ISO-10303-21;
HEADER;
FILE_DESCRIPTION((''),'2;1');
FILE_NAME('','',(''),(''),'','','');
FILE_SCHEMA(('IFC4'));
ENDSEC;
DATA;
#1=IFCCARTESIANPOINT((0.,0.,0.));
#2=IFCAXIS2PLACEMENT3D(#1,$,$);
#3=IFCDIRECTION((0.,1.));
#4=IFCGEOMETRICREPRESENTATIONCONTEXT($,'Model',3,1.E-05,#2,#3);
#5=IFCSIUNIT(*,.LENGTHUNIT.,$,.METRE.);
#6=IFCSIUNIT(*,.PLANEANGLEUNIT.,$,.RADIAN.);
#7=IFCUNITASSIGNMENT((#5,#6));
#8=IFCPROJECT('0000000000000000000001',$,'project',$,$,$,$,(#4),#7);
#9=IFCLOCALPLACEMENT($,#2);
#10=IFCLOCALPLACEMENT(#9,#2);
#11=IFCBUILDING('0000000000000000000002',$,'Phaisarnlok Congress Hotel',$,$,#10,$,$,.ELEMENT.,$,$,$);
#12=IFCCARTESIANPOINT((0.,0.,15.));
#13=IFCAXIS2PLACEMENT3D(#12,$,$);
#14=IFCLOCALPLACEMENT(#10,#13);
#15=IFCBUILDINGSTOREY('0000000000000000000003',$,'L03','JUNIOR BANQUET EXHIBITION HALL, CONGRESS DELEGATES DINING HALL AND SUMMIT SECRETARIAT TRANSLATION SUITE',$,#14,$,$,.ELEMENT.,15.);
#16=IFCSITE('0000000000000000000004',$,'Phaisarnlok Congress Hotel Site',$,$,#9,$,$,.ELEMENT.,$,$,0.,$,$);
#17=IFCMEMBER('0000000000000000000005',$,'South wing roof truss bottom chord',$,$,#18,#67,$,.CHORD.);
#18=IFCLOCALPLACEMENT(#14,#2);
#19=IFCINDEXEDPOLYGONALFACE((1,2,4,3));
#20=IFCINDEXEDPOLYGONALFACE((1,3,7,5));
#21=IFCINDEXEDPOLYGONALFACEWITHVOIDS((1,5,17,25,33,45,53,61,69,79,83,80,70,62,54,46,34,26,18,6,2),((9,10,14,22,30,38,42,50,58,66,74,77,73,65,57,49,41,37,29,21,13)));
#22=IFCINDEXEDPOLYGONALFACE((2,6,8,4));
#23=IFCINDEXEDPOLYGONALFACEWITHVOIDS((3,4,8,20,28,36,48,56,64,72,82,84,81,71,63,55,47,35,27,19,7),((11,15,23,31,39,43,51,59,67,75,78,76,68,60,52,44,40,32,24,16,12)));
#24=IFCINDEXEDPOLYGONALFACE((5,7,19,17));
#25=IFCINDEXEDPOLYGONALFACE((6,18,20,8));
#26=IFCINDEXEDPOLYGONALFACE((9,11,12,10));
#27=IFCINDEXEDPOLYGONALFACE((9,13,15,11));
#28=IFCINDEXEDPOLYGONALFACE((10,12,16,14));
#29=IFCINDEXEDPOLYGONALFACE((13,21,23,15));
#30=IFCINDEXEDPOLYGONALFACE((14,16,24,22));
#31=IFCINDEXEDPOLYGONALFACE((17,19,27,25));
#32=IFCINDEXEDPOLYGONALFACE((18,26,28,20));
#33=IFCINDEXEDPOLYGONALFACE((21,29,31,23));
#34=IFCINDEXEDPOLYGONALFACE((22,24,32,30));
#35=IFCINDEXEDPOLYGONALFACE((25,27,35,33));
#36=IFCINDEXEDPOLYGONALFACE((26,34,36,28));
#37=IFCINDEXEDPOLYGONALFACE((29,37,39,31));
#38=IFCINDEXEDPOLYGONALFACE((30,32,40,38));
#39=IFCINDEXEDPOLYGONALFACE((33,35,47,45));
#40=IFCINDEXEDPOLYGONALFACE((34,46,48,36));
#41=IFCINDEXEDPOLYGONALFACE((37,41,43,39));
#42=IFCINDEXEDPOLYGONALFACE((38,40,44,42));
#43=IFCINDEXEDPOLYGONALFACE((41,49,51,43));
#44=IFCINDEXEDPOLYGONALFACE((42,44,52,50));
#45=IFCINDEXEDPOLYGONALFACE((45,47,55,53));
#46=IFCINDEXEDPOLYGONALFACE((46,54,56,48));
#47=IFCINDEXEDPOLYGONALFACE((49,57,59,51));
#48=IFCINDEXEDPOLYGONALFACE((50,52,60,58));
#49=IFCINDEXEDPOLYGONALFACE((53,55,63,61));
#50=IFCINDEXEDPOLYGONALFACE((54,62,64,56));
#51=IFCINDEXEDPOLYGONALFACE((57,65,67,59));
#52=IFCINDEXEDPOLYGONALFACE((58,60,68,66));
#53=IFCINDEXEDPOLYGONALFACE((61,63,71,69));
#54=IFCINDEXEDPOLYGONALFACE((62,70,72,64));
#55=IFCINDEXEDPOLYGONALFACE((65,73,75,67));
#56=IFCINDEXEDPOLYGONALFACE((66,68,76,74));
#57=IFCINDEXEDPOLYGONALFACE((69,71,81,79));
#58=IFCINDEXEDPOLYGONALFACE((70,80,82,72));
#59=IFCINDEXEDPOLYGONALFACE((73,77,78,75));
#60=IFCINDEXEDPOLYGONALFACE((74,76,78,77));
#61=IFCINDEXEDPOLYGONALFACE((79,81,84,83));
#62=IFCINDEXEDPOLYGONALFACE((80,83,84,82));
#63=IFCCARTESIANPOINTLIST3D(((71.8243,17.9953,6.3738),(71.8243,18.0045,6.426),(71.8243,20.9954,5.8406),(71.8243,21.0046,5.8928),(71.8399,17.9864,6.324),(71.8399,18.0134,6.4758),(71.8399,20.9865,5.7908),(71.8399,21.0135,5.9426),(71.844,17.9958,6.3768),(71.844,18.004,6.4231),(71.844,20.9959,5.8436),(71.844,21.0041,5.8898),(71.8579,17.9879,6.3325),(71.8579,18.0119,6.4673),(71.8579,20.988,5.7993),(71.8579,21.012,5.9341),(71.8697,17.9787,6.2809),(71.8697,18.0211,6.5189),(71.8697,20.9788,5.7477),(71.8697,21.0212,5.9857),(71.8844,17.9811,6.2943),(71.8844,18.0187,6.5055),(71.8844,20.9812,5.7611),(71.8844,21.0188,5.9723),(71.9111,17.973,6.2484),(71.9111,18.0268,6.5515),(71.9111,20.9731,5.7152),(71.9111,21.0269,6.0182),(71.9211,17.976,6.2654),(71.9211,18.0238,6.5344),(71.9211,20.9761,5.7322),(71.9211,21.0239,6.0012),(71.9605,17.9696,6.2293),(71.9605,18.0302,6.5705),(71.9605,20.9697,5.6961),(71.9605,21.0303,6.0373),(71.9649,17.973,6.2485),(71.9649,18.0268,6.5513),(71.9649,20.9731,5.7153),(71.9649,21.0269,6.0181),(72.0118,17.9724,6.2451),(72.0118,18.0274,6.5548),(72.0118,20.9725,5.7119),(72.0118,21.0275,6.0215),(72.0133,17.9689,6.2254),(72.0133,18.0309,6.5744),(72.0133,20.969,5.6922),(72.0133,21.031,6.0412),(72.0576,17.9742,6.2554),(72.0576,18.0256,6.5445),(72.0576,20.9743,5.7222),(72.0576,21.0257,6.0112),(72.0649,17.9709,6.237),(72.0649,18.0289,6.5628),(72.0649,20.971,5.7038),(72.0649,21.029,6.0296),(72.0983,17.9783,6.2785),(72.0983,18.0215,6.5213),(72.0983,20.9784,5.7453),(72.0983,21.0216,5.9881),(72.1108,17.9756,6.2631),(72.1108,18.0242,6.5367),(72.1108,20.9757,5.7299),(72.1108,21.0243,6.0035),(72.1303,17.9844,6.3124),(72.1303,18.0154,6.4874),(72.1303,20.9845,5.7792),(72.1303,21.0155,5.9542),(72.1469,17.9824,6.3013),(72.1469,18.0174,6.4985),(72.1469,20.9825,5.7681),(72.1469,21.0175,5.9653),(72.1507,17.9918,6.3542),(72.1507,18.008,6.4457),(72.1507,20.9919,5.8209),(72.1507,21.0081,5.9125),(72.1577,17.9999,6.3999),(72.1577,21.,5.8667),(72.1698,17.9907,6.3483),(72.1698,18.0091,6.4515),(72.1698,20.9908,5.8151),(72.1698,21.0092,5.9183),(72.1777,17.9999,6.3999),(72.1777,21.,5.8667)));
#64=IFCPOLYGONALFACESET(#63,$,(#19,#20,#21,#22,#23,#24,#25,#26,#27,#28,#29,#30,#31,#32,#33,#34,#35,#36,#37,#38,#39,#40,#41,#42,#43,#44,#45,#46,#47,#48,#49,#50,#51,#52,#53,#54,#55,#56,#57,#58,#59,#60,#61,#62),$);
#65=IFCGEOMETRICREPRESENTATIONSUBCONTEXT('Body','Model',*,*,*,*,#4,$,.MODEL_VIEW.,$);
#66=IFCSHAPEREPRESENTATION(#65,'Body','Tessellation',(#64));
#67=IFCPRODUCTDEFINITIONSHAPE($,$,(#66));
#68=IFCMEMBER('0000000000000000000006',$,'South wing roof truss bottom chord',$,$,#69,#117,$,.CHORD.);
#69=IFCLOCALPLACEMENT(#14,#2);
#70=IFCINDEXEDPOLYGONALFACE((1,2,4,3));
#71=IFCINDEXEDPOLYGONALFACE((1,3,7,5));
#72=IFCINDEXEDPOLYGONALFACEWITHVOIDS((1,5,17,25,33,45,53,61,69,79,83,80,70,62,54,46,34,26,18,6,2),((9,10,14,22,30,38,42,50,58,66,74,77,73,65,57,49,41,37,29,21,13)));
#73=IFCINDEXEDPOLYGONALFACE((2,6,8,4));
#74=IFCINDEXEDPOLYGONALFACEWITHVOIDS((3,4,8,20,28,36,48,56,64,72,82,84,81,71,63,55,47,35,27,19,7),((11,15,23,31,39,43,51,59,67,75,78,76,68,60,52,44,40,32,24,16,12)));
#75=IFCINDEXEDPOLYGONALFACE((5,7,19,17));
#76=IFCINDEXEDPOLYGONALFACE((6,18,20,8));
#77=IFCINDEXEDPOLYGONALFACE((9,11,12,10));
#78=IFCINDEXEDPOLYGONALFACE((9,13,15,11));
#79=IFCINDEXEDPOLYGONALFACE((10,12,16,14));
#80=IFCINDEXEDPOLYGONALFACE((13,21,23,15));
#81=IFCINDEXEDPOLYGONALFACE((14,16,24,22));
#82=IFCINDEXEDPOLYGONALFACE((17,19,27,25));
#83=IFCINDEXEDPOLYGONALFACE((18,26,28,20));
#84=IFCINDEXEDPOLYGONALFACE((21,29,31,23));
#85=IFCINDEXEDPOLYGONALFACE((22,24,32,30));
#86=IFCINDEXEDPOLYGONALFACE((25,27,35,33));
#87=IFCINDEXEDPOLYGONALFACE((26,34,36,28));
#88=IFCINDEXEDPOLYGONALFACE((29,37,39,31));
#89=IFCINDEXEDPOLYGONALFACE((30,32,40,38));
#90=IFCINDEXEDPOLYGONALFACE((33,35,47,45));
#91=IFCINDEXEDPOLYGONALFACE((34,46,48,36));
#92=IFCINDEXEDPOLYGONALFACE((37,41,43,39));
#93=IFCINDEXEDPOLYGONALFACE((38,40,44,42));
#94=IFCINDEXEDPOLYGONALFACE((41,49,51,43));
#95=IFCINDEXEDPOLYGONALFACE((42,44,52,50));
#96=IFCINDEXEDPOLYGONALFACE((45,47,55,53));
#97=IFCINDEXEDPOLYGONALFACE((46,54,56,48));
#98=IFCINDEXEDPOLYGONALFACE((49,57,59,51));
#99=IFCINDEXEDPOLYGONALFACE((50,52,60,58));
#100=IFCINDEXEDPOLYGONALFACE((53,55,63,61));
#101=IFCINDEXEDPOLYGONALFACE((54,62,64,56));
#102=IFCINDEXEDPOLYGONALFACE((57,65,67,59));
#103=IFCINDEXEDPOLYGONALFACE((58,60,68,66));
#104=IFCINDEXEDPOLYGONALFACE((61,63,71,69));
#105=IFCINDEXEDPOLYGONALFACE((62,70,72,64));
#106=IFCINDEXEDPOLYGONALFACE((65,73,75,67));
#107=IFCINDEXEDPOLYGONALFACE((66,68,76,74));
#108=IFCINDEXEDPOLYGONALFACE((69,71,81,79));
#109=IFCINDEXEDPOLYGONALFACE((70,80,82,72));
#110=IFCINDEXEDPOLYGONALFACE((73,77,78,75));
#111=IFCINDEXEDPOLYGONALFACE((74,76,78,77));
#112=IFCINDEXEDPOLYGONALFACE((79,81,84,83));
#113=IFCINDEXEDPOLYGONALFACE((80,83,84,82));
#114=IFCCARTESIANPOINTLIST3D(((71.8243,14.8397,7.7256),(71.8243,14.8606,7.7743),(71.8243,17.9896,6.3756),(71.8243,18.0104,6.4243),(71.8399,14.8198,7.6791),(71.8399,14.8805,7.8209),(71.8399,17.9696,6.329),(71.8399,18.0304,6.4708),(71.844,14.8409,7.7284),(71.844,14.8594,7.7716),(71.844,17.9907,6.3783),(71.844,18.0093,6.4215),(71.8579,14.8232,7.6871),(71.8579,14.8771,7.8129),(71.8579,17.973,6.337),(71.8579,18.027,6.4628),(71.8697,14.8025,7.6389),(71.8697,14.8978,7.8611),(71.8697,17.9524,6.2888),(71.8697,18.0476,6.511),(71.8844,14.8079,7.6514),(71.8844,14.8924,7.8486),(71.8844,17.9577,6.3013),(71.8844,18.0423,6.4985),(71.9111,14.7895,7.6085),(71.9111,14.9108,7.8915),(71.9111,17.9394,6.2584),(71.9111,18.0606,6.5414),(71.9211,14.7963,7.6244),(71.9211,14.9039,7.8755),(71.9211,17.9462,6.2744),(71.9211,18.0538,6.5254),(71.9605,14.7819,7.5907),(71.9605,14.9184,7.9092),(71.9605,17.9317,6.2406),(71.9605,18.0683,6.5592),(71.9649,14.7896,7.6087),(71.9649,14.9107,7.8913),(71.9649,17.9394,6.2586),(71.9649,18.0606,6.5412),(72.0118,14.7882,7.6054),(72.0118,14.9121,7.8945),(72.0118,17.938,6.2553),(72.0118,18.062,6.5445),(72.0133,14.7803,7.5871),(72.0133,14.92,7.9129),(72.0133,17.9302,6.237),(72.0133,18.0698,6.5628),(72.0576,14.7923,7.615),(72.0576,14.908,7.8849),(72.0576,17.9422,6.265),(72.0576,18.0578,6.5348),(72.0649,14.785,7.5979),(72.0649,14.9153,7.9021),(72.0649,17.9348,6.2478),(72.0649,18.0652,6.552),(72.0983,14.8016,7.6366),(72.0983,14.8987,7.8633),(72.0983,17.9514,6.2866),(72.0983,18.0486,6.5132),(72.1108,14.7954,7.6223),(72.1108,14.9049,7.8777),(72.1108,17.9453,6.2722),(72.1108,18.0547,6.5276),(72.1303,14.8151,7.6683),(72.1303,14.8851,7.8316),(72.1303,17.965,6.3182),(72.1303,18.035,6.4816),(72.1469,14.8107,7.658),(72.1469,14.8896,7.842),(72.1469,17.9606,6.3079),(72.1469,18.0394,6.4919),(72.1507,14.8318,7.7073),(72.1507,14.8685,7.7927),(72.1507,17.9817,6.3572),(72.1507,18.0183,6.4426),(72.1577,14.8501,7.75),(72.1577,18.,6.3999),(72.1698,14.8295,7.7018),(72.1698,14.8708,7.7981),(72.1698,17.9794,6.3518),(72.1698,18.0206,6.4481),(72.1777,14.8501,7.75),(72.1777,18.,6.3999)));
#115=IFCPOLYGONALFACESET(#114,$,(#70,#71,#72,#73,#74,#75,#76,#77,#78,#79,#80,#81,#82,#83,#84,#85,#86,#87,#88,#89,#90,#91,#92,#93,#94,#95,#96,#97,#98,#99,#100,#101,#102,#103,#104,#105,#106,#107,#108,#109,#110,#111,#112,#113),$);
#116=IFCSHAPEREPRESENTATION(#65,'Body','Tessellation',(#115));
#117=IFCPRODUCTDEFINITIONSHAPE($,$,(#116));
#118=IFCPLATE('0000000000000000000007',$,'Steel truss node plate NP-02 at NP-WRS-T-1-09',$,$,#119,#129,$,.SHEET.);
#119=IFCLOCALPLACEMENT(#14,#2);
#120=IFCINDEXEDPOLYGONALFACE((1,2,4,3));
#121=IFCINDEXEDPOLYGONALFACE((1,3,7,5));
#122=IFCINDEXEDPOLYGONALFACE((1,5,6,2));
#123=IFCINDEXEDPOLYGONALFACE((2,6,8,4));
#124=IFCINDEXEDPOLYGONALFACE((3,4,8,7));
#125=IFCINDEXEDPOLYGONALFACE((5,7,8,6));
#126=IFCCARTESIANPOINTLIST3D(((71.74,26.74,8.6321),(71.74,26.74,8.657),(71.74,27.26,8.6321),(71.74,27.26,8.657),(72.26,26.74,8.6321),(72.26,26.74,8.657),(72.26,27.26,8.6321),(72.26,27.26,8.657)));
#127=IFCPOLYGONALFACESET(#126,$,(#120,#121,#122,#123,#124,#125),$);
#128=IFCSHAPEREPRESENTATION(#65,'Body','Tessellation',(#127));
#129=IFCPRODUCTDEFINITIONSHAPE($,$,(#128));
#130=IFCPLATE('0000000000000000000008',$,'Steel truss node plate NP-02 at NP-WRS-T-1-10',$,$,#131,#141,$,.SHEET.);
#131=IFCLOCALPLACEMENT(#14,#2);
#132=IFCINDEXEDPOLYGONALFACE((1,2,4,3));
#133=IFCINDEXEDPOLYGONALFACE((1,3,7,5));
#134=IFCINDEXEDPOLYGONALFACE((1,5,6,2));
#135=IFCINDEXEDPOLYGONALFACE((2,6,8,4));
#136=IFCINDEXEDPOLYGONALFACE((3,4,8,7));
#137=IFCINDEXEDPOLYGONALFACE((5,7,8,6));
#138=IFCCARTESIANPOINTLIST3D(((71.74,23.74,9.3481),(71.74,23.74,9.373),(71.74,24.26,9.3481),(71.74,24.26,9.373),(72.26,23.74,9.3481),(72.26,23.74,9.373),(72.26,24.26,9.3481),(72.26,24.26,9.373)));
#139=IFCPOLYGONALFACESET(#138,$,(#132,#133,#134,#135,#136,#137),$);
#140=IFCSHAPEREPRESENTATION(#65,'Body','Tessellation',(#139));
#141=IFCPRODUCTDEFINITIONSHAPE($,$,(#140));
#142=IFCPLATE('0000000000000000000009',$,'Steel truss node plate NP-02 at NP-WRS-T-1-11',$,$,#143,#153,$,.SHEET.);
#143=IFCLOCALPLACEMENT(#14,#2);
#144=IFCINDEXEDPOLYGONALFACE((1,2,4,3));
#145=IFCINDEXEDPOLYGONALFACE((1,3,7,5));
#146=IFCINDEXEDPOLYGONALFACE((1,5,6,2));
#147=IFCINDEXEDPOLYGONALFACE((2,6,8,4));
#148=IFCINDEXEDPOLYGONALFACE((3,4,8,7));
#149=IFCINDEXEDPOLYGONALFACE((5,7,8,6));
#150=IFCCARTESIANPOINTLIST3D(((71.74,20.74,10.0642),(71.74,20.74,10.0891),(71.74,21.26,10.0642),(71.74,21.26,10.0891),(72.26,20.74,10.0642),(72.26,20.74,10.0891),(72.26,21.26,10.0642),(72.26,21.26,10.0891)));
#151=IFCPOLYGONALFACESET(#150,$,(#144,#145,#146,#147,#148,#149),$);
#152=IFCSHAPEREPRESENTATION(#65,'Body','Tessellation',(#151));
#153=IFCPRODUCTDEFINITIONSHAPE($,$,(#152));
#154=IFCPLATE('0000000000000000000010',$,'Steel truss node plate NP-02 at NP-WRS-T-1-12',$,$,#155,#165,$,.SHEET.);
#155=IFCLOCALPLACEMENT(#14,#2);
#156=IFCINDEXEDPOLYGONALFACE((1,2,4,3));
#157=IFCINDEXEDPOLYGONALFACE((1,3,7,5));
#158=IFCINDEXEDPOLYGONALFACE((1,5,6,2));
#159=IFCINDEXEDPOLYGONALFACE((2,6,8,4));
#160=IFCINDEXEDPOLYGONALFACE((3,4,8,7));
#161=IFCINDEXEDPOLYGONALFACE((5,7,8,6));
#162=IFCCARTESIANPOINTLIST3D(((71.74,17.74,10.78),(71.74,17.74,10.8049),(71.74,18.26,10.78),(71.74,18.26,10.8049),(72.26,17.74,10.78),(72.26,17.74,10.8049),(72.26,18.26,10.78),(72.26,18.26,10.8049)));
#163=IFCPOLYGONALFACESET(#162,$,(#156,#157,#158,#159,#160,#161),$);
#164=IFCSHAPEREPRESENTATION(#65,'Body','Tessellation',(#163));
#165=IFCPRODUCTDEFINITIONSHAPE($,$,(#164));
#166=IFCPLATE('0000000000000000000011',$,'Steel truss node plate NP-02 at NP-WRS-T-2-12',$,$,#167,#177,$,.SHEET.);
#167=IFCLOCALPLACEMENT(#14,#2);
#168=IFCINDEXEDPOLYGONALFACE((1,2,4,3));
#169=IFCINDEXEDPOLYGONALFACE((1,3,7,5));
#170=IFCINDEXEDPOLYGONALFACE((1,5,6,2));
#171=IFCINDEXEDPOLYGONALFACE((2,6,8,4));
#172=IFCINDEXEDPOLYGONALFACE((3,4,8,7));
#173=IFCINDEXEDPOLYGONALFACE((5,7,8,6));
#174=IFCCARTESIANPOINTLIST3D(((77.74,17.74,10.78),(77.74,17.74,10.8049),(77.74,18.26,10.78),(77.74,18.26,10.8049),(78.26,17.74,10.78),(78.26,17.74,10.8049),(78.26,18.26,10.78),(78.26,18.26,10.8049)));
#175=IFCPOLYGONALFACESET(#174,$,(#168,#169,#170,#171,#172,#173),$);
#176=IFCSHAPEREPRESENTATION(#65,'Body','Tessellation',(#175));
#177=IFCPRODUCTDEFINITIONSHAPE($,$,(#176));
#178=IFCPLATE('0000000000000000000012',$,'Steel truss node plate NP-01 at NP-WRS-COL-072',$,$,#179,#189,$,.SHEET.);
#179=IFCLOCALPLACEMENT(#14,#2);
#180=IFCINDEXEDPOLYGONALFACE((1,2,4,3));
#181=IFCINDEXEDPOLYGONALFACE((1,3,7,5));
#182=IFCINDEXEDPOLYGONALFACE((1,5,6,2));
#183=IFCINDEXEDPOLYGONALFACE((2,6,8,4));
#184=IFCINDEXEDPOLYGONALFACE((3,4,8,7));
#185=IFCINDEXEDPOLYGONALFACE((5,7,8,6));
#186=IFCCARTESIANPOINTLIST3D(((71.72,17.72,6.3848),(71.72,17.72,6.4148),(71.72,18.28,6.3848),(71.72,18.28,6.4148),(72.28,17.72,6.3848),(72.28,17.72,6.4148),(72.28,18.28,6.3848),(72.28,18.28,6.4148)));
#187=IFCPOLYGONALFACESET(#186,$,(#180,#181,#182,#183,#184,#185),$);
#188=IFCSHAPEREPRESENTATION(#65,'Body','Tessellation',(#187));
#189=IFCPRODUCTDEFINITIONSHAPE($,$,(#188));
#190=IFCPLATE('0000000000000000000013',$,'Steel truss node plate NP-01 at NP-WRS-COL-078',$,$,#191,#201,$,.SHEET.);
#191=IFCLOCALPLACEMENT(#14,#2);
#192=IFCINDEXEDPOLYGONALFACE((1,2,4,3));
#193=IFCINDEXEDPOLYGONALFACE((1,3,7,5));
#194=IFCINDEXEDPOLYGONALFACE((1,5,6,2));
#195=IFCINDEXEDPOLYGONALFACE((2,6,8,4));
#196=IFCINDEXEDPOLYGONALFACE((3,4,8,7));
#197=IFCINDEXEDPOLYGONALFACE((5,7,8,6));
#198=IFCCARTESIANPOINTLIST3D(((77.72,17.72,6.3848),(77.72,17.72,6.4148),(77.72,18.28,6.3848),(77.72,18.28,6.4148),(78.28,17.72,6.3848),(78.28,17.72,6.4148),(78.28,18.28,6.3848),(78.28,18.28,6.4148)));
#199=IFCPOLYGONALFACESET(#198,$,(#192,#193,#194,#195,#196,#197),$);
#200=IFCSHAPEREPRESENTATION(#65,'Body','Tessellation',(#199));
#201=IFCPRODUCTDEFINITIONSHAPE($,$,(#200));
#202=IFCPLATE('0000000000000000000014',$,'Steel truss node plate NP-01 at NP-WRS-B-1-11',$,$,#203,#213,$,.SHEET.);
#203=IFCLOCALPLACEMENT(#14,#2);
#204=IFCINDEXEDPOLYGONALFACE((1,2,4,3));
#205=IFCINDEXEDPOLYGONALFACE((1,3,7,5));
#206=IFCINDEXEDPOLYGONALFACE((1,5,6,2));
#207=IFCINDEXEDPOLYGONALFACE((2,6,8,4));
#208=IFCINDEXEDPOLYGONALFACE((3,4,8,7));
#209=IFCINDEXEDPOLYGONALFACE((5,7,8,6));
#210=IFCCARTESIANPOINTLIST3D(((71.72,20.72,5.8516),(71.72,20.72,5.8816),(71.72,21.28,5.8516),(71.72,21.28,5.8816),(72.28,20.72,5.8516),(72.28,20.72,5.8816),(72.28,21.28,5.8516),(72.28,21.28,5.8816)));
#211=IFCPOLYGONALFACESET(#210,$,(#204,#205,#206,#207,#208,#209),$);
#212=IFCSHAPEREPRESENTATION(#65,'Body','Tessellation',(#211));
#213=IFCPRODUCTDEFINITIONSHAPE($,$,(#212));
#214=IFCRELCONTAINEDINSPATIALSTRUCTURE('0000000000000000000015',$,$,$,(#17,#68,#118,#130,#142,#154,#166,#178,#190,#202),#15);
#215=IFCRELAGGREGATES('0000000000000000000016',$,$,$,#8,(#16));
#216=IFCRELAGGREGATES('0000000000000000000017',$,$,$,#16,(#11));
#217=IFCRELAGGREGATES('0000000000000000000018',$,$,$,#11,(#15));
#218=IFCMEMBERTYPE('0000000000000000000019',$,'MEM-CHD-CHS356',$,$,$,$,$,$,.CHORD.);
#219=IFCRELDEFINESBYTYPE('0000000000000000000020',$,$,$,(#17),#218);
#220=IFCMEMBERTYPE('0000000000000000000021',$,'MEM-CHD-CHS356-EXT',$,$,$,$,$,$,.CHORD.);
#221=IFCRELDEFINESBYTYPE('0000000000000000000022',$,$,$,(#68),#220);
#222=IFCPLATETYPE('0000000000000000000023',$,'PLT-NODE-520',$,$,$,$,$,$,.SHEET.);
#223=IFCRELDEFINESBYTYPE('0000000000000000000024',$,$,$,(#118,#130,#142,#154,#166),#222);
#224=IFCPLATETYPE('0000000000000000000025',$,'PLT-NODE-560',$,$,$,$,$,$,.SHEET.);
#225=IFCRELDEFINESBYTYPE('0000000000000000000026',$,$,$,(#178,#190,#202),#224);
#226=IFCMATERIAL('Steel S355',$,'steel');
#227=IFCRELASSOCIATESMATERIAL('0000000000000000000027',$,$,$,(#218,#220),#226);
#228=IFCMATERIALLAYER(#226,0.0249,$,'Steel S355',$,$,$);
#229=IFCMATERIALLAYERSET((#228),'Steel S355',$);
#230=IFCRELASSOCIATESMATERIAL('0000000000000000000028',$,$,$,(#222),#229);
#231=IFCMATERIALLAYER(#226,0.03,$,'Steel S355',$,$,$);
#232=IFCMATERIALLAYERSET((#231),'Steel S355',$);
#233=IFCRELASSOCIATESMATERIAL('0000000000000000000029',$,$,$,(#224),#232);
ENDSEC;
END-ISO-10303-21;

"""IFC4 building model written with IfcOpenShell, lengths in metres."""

from ifc_helpers import new_model, si_unit, direction, frame, origin, origin_2d, place, context, subcontext, project, spatial, rectangle, hollow_circle, extrude, material, layer, layer_set, material_profile, profile_set, type_object, element, save


model = new_model("IFC4")

# Units and contexts
model_context = context("Model", 3, precision=1e-05, world=origin(), true_north=direction((0.0, 1.0)))
body_context = subcontext(model_context, "Body", "Model", "MODEL_VIEW")
ifc_project = project(units=[si_unit("LENGTHUNIT", "METRE"), si_unit("PLANEANGLEUNIT", "RADIAN")], contexts=[model_context])

# Site, building, storey
site_placement = place(None, origin())
site = spatial("IfcSite", under=ifc_project, at=site_placement, Name="Phaisarnlok Congress Hotel Site", CompositionType="ELEMENT", RefElevation=0.0)
building_placement = place(site_placement, origin())
building = spatial("IfcBuilding", under=site, at=building_placement, Name="Phaisarnlok Congress Hotel", CompositionType="ELEMENT")
storey_placement = place(building_placement, frame((0.0, 0.0, 15.0)))
storey = spatial("IfcBuildingStorey", under=building, at=storey_placement, Name="L03", Description="JUNIOR BANQUET EXHIBITION HALL, CONGRESS DELEGATES DINING HALL AND SUMMIT SECRETARIAT TRANSLATION SUITE", CompositionType="ELEMENT", Elevation=15.0)

# Shared definitions
ifc_material_1 = material(Name="Steel S355", Category="steel")

# Members
ifc_material_profile_1 = material_profile(ifc_material_1, hollow_circle(Radius=0.1777, WallThickness=0.02, at=origin_2d()), Name="CHS 355.6x20")
ifc_profile_set_1 = profile_set([ifc_material_profile_1], Name="Steel S355")
member_type_1 = type_object("IfcMemberType", Name="MEM-CHD-CHS356", PredefinedType="CHORD", material=ifc_profile_set_1)
member_1_placement = place(storey_placement, frame((72.0, 21.0, 5.8667), z_axis=(0.0, -0.98457, 0.174992), x_axis=(1.0, 0.0, 0.0)))
element("IfcMember", 1, at=member_1_placement, inside=storey, type_object=member_type_1, Name="South wing roof truss bottom chord", PredefinedType="CHORD", context=body_context, shape_type="SweptSolid", body=[
    extrude(hollow_circle(Radius=0.1777, WallThickness=0.02, at=origin_2d()), origin(), (0.0, 0.0, 1.0), 3.0471),
])
ifc_material_profile_2 = material_profile(ifc_material_1, hollow_circle(Radius=0.1777, WallThickness=0.02, at=origin_2d()), Name="CHS 355.6x20")
ifc_profile_set_2 = profile_set([ifc_material_profile_2], Name="Steel S355")
member_type_2 = type_object("IfcMemberType", Name="MEM-CHD-CHS356-EXT", PredefinedType="CHORD", material=ifc_profile_set_2)
member_2_placement = place(storey_placement, frame((72.0, 18.0, 6.3999), z_axis=(0.0, -0.91913, 0.393954), x_axis=(1.0, 0.0, 0.0)))
element("IfcMember", 2, at=member_2_placement, inside=storey, type_object=member_type_2, Name="South wing roof truss bottom chord", PredefinedType="CHORD", context=body_context, shape_type="SweptSolid", body=[
    extrude(hollow_circle(Radius=0.1777, WallThickness=0.02, at=origin_2d()), origin(), (0.0, 0.0, 1.0), 3.427),
])

# Plates
ifc_layer_1 = layer(ifc_material_1, 0.0249, Name="Steel S355")
ifc_layer_set_1 = layer_set([ifc_layer_1], Name="Steel S355")
plate_type_1 = type_object("IfcPlateType", Name="PLT-NODE-520", PredefinedType="SHEET", material=ifc_layer_set_1)
for number, where, z_axis, x_axis, name in (
    (3, (72.0, 27.0, 8.6321), (0.0, 0.0, 1.0), (1.0, 0.0, 0.0), "Steel truss node plate NP-02 at NP-WRS-T-1-09"),
    (4, (72.0, 24.0, 9.3481), (0.0, 0.0, 1.0), (1.0, 0.0, 0.0), "Steel truss node plate NP-02 at NP-WRS-T-1-10"),
    (5, (72.0, 21.0, 10.0642), (0.0, 0.0, 1.0), (1.0, 0.0, 0.0), "Steel truss node plate NP-02 at NP-WRS-T-1-11"),
    (6, (72.0, 18.0, 10.78), (0.0, 0.0, 1.0), (1.0, 0.0, 0.0), "Steel truss node plate NP-02 at NP-WRS-T-1-12"),
    (7, (78.0, 18.0, 10.78), (0.0, 0.0, 1.0), (1.0, 0.0, 0.0), "Steel truss node plate NP-02 at NP-WRS-T-2-12"),
):
    element("IfcPlate", number, at=place(storey_placement, frame(where, z_axis=z_axis, x_axis=x_axis)), inside=storey, type_object=plate_type_1, Name=name, PredefinedType="SHEET", context=body_context, shape_type="SweptSolid", body=[
        extrude(rectangle(XDim=0.52, YDim=0.52, at=origin_2d()), origin(), (0.0, 0.0, 1.0), 0.0249),
    ])
ifc_layer_2 = layer(ifc_material_1, 0.03, Name="Steel S355")
ifc_layer_set_2 = layer_set([ifc_layer_2], Name="Steel S355")
plate_type_2 = type_object("IfcPlateType", Name="PLT-NODE-560", PredefinedType="SHEET", material=ifc_layer_set_2)
for number, where, z_axis, x_axis, name in (
    (8, (72.0, 18.0, 6.3848), (0.0, 0.0, 1.0), (1.0, 0.0, 0.0), "Steel truss node plate NP-01 at NP-WRS-COL-072"),
    (9, (78.0, 18.0, 6.3848), (0.0, 0.0, 1.0), (1.0, 0.0, 0.0), "Steel truss node plate NP-01 at NP-WRS-COL-078"),
    (10, (72.0, 21.0, 5.8516), (0.0, 0.0, 1.0), (1.0, 0.0, 0.0), "Steel truss node plate NP-01 at NP-WRS-B-1-11"),
):
    element("IfcPlate", number, at=place(storey_placement, frame(where, z_axis=z_axis, x_axis=x_axis)), inside=storey, type_object=plate_type_2, Name=name, PredefinedType="SHEET", context=body_context, shape_type="SweptSolid", body=[
        extrude(rectangle(XDim=0.5601, YDim=0.5601, at=origin_2d()), origin(), (0.0, 0.0, 1.0), 0.03),
    ])

save(model, "model.ifc")
